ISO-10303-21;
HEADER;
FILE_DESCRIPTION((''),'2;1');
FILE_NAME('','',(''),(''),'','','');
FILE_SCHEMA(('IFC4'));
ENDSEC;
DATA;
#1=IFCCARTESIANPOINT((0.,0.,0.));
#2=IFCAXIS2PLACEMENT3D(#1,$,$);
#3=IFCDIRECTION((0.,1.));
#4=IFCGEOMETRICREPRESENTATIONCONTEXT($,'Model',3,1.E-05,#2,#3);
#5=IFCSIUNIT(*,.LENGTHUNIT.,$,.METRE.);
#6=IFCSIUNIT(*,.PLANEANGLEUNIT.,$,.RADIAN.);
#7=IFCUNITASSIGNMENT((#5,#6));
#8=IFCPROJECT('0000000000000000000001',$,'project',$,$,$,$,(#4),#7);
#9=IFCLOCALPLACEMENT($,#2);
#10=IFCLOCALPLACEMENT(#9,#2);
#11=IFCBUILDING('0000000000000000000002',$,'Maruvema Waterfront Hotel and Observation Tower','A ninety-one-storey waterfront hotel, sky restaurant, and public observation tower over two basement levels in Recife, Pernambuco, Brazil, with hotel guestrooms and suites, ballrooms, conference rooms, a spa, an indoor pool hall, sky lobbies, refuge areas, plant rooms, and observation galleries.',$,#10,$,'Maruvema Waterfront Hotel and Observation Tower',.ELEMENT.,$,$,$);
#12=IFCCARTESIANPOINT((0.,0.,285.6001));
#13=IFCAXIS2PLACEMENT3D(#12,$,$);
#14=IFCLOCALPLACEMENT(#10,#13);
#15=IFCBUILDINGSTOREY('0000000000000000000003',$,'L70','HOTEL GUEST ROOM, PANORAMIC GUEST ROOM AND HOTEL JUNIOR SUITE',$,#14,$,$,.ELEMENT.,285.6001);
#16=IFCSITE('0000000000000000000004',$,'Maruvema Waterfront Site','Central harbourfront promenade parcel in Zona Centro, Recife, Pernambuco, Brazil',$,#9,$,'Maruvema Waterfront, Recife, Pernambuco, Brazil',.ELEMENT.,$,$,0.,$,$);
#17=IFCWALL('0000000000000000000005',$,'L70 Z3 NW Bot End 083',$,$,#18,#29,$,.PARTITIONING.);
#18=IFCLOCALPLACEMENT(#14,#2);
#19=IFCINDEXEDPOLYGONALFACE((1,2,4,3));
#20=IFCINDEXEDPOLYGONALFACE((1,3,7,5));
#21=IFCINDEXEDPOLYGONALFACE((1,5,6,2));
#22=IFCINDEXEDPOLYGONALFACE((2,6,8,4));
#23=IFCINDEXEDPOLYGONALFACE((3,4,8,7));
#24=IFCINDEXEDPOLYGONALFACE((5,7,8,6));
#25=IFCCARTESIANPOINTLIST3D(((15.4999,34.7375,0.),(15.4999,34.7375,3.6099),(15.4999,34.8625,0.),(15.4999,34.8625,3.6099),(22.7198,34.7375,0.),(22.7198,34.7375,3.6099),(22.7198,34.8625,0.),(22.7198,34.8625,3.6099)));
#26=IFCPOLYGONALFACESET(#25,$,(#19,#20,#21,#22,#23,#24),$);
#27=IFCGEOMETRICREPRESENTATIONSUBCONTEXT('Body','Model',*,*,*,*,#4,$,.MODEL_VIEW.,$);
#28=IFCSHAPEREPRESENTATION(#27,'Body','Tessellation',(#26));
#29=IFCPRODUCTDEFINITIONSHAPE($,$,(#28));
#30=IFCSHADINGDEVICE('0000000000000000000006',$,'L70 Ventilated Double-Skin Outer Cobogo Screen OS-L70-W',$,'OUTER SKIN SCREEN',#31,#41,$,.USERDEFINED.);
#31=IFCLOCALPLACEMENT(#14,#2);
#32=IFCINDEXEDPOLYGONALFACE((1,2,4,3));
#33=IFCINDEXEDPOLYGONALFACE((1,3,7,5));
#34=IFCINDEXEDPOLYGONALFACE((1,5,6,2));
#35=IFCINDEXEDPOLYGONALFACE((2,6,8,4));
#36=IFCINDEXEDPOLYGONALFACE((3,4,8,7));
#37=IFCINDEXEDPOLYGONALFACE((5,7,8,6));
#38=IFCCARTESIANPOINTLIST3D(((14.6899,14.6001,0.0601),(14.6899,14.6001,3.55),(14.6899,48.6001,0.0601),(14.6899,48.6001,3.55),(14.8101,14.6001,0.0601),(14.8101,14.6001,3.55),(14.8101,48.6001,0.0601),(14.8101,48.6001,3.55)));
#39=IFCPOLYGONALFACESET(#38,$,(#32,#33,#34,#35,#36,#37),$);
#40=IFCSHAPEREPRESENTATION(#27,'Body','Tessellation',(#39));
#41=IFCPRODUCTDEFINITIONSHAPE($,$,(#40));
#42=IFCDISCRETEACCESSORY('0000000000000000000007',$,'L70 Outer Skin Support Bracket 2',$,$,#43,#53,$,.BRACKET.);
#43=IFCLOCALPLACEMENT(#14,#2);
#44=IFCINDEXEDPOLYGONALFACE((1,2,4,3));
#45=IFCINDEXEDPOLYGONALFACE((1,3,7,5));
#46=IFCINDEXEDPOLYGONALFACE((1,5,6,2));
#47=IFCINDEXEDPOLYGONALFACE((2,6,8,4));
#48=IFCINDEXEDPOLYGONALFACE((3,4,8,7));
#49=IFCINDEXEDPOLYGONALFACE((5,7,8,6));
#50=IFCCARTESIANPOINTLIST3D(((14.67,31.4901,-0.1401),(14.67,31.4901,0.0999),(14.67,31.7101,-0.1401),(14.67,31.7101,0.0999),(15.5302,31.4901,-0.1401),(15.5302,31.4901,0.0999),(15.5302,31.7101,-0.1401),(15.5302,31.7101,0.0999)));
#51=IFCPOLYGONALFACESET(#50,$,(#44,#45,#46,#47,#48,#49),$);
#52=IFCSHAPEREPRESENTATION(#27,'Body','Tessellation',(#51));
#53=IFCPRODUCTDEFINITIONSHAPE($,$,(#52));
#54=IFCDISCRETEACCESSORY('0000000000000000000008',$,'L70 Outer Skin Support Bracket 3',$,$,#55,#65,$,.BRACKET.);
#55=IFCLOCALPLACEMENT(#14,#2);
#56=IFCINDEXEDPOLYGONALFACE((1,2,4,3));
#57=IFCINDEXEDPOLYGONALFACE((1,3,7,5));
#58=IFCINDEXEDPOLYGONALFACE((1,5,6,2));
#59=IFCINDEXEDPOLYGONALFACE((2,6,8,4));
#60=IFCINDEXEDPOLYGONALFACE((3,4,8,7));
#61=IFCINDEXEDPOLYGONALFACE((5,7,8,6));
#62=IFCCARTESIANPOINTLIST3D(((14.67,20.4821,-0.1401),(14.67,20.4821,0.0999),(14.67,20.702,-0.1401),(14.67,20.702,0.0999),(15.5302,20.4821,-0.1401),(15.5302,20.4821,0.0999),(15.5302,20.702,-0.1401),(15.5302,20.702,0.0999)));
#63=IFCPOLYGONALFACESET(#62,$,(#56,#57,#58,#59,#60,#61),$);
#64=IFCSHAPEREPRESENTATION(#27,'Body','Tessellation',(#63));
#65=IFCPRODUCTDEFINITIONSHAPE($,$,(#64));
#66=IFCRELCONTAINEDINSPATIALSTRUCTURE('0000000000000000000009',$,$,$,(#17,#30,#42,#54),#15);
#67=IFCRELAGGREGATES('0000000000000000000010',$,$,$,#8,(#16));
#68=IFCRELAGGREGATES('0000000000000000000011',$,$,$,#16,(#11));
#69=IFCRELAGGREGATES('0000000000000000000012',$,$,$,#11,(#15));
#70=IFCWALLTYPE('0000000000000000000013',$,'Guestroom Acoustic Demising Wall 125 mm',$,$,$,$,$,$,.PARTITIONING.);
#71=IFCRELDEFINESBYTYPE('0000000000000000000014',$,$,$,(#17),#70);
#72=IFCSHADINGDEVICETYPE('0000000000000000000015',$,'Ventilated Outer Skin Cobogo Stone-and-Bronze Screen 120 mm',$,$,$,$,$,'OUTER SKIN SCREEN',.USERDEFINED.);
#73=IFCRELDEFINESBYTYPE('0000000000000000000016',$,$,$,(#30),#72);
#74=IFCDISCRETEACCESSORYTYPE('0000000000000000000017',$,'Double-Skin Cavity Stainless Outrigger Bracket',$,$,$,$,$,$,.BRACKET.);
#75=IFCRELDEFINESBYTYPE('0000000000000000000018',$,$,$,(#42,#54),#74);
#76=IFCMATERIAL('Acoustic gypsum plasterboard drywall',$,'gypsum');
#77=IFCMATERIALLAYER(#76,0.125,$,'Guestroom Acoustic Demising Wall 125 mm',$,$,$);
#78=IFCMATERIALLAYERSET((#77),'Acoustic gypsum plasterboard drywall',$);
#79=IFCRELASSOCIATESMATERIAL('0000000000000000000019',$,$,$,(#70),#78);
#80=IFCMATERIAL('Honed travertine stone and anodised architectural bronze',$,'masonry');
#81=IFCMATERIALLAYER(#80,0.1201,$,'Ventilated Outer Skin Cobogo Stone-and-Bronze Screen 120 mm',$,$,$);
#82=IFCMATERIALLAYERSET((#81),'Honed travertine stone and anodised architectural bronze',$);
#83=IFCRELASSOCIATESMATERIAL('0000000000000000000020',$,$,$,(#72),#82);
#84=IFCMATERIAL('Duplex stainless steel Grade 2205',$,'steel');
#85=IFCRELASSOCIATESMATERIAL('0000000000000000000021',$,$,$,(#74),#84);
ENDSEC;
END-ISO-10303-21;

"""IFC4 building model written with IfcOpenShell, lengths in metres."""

from ifc_helpers import new_model, si_unit, direction, frame, frame_2d, origin, origin_2d, place, context, subcontext, project, spatial, rectangle, extrude, material, layer, layer_set, type_object, element, save


model = new_model("IFC4")

# Units and contexts
model_context = context("Model", 3, precision=1e-05, world=origin(), true_north=direction((0.0, 1.0)))
body_context = subcontext(model_context, "Body", "Model", "MODEL_VIEW")
ifc_project = project(units=[si_unit("LENGTHUNIT", "METRE"), si_unit("PLANEANGLEUNIT", "RADIAN")], contexts=[model_context])

# Site, building, storey
site_placement = place(None, origin())
site = spatial("IfcSite", under=ifc_project, at=site_placement, Name="Maruvema Waterfront Site", Description="Central harbourfront promenade parcel in Zona Centro, Recife, Pernambuco, Brazil", LongName="Maruvema Waterfront, Recife, Pernambuco, Brazil", CompositionType="ELEMENT", RefElevation=0.0)
building_placement = place(site_placement, origin())
building = spatial("IfcBuilding", under=site, at=building_placement, Name="Maruvema Waterfront Hotel and Observation Tower", Description="A ninety-one-storey waterfront hotel, sky restaurant, and public observation tower over two basement levels in Recife, Pernambuco, Brazil, with hotel guestrooms and suites, ballrooms, conference rooms, a spa, an indoor pool hall, sky lobbies, refuge areas, plant rooms, and observation galleries.", LongName="Maruvema Waterfront Hotel and Observation Tower", CompositionType="ELEMENT")
storey_placement = place(building_placement, frame((0.0, 0.0, 285.6001)))
storey = spatial("IfcBuildingStorey", under=building, at=storey_placement, Name="L70", Description="HOTEL GUEST ROOM, PANORAMIC GUEST ROOM AND HOTEL JUNIOR SUITE", CompositionType="ELEMENT", Elevation=285.6001)

# Wall
ifc_material_1 = material(Name="Acoustic gypsum plasterboard drywall", Category="gypsum")
ifc_layer_1 = layer(ifc_material_1, 0.125, Name="Guestroom Acoustic Demising Wall 125 mm")
ifc_layer_set_1 = layer_set([ifc_layer_1], Name="Acoustic gypsum plasterboard drywall")
wall_type_1 = type_object("IfcWallType", Name="Guestroom Acoustic Demising Wall 125 mm", PredefinedType="PARTITIONING", material=ifc_layer_set_1)
wall_1_placement = place(storey_placement, frame((15.5, 34.8, 0.0), z_axis=(0.0, 0.0, 1.0), x_axis=(1.0, 0.0, 0.0)))
element("IfcWall", 1, at=wall_1_placement, inside=storey, type_object=wall_type_1, Name="L70 Z3 NW Bot End 083", PredefinedType="PARTITIONING", context=body_context, shape_type="SweptSolid", body=[
    extrude(rectangle(XDim=7.22, YDim=0.125, at=frame_2d((3.6099, 0.0))), origin(), (0.0, 0.0, 1.0), 3.6099),
])

# Shading device
ifc_material_2 = material(Name="Honed travertine stone and anodised architectural bronze", Category="masonry")
ifc_layer_2 = layer(ifc_material_2, 0.1201, Name="Ventilated Outer Skin Cobogo Stone-and-Bronze Screen 120 mm")
ifc_layer_set_2 = layer_set([ifc_layer_2], Name="Honed travertine stone and anodised architectural bronze")
shading_device_type = type_object("IfcShadingDeviceType", Name="Ventilated Outer Skin Cobogo Stone-and-Bronze Screen 120 mm", ElementType="OUTER SKIN SCREEN", PredefinedType="USERDEFINED", material=ifc_layer_set_2)
shading_device_placement = place(storey_placement, frame((14.75, 31.6001, 0.0601), z_axis=(0.0, 0.0, 1.0), x_axis=(0.0, -1.0, 0.0)))
element("IfcShadingDevice", 2, at=shading_device_placement, inside=storey, type_object=shading_device_type, Name="L70 Ventilated Double-Skin Outer Cobogo Screen OS-L70-W", ObjectType="OUTER SKIN SCREEN", PredefinedType="USERDEFINED", context=body_context, shape_type="SweptSolid", body=[
    extrude(rectangle(XDim=34.0, YDim=0.1201, at=origin_2d()), origin(), (0.0, 0.0, 1.0), 3.49),
])

# Discrete accessories
ifc_material_3 = material(Name="Duplex stainless steel Grade 2205", Category="steel")
discrete_accessory_type = type_object("IfcDiscreteAccessoryType", Name="Double-Skin Cavity Stainless Outrigger Bracket", PredefinedType="BRACKET", material=ifc_material_3)
for number, where, z_axis, x_axis, name in (
    (3, (15.1001, 31.6001, -0.1401), (0.0, 0.0, 1.0), (0.0, -1.0, 0.0), "L70 Outer Skin Support Bracket 2"),
    (4, (15.1001, 20.592, -0.1401), (0.0, 0.0, 1.0), (0.0, -1.0, 0.0), "L70 Outer Skin Support Bracket 3"),
):
    element("IfcDiscreteAccessory", number, at=place(storey_placement, frame(where, z_axis=z_axis, x_axis=x_axis)), inside=storey, type_object=discrete_accessory_type, Name=name, PredefinedType="BRACKET", context=body_context, shape_type="SweptSolid", body=[
        extrude(rectangle(XDim=0.22, YDim=0.8601, at=origin_2d()), origin(), (0.0, 0.0, 1.0), 0.24),
    ])

save(model, "model.ifc")
